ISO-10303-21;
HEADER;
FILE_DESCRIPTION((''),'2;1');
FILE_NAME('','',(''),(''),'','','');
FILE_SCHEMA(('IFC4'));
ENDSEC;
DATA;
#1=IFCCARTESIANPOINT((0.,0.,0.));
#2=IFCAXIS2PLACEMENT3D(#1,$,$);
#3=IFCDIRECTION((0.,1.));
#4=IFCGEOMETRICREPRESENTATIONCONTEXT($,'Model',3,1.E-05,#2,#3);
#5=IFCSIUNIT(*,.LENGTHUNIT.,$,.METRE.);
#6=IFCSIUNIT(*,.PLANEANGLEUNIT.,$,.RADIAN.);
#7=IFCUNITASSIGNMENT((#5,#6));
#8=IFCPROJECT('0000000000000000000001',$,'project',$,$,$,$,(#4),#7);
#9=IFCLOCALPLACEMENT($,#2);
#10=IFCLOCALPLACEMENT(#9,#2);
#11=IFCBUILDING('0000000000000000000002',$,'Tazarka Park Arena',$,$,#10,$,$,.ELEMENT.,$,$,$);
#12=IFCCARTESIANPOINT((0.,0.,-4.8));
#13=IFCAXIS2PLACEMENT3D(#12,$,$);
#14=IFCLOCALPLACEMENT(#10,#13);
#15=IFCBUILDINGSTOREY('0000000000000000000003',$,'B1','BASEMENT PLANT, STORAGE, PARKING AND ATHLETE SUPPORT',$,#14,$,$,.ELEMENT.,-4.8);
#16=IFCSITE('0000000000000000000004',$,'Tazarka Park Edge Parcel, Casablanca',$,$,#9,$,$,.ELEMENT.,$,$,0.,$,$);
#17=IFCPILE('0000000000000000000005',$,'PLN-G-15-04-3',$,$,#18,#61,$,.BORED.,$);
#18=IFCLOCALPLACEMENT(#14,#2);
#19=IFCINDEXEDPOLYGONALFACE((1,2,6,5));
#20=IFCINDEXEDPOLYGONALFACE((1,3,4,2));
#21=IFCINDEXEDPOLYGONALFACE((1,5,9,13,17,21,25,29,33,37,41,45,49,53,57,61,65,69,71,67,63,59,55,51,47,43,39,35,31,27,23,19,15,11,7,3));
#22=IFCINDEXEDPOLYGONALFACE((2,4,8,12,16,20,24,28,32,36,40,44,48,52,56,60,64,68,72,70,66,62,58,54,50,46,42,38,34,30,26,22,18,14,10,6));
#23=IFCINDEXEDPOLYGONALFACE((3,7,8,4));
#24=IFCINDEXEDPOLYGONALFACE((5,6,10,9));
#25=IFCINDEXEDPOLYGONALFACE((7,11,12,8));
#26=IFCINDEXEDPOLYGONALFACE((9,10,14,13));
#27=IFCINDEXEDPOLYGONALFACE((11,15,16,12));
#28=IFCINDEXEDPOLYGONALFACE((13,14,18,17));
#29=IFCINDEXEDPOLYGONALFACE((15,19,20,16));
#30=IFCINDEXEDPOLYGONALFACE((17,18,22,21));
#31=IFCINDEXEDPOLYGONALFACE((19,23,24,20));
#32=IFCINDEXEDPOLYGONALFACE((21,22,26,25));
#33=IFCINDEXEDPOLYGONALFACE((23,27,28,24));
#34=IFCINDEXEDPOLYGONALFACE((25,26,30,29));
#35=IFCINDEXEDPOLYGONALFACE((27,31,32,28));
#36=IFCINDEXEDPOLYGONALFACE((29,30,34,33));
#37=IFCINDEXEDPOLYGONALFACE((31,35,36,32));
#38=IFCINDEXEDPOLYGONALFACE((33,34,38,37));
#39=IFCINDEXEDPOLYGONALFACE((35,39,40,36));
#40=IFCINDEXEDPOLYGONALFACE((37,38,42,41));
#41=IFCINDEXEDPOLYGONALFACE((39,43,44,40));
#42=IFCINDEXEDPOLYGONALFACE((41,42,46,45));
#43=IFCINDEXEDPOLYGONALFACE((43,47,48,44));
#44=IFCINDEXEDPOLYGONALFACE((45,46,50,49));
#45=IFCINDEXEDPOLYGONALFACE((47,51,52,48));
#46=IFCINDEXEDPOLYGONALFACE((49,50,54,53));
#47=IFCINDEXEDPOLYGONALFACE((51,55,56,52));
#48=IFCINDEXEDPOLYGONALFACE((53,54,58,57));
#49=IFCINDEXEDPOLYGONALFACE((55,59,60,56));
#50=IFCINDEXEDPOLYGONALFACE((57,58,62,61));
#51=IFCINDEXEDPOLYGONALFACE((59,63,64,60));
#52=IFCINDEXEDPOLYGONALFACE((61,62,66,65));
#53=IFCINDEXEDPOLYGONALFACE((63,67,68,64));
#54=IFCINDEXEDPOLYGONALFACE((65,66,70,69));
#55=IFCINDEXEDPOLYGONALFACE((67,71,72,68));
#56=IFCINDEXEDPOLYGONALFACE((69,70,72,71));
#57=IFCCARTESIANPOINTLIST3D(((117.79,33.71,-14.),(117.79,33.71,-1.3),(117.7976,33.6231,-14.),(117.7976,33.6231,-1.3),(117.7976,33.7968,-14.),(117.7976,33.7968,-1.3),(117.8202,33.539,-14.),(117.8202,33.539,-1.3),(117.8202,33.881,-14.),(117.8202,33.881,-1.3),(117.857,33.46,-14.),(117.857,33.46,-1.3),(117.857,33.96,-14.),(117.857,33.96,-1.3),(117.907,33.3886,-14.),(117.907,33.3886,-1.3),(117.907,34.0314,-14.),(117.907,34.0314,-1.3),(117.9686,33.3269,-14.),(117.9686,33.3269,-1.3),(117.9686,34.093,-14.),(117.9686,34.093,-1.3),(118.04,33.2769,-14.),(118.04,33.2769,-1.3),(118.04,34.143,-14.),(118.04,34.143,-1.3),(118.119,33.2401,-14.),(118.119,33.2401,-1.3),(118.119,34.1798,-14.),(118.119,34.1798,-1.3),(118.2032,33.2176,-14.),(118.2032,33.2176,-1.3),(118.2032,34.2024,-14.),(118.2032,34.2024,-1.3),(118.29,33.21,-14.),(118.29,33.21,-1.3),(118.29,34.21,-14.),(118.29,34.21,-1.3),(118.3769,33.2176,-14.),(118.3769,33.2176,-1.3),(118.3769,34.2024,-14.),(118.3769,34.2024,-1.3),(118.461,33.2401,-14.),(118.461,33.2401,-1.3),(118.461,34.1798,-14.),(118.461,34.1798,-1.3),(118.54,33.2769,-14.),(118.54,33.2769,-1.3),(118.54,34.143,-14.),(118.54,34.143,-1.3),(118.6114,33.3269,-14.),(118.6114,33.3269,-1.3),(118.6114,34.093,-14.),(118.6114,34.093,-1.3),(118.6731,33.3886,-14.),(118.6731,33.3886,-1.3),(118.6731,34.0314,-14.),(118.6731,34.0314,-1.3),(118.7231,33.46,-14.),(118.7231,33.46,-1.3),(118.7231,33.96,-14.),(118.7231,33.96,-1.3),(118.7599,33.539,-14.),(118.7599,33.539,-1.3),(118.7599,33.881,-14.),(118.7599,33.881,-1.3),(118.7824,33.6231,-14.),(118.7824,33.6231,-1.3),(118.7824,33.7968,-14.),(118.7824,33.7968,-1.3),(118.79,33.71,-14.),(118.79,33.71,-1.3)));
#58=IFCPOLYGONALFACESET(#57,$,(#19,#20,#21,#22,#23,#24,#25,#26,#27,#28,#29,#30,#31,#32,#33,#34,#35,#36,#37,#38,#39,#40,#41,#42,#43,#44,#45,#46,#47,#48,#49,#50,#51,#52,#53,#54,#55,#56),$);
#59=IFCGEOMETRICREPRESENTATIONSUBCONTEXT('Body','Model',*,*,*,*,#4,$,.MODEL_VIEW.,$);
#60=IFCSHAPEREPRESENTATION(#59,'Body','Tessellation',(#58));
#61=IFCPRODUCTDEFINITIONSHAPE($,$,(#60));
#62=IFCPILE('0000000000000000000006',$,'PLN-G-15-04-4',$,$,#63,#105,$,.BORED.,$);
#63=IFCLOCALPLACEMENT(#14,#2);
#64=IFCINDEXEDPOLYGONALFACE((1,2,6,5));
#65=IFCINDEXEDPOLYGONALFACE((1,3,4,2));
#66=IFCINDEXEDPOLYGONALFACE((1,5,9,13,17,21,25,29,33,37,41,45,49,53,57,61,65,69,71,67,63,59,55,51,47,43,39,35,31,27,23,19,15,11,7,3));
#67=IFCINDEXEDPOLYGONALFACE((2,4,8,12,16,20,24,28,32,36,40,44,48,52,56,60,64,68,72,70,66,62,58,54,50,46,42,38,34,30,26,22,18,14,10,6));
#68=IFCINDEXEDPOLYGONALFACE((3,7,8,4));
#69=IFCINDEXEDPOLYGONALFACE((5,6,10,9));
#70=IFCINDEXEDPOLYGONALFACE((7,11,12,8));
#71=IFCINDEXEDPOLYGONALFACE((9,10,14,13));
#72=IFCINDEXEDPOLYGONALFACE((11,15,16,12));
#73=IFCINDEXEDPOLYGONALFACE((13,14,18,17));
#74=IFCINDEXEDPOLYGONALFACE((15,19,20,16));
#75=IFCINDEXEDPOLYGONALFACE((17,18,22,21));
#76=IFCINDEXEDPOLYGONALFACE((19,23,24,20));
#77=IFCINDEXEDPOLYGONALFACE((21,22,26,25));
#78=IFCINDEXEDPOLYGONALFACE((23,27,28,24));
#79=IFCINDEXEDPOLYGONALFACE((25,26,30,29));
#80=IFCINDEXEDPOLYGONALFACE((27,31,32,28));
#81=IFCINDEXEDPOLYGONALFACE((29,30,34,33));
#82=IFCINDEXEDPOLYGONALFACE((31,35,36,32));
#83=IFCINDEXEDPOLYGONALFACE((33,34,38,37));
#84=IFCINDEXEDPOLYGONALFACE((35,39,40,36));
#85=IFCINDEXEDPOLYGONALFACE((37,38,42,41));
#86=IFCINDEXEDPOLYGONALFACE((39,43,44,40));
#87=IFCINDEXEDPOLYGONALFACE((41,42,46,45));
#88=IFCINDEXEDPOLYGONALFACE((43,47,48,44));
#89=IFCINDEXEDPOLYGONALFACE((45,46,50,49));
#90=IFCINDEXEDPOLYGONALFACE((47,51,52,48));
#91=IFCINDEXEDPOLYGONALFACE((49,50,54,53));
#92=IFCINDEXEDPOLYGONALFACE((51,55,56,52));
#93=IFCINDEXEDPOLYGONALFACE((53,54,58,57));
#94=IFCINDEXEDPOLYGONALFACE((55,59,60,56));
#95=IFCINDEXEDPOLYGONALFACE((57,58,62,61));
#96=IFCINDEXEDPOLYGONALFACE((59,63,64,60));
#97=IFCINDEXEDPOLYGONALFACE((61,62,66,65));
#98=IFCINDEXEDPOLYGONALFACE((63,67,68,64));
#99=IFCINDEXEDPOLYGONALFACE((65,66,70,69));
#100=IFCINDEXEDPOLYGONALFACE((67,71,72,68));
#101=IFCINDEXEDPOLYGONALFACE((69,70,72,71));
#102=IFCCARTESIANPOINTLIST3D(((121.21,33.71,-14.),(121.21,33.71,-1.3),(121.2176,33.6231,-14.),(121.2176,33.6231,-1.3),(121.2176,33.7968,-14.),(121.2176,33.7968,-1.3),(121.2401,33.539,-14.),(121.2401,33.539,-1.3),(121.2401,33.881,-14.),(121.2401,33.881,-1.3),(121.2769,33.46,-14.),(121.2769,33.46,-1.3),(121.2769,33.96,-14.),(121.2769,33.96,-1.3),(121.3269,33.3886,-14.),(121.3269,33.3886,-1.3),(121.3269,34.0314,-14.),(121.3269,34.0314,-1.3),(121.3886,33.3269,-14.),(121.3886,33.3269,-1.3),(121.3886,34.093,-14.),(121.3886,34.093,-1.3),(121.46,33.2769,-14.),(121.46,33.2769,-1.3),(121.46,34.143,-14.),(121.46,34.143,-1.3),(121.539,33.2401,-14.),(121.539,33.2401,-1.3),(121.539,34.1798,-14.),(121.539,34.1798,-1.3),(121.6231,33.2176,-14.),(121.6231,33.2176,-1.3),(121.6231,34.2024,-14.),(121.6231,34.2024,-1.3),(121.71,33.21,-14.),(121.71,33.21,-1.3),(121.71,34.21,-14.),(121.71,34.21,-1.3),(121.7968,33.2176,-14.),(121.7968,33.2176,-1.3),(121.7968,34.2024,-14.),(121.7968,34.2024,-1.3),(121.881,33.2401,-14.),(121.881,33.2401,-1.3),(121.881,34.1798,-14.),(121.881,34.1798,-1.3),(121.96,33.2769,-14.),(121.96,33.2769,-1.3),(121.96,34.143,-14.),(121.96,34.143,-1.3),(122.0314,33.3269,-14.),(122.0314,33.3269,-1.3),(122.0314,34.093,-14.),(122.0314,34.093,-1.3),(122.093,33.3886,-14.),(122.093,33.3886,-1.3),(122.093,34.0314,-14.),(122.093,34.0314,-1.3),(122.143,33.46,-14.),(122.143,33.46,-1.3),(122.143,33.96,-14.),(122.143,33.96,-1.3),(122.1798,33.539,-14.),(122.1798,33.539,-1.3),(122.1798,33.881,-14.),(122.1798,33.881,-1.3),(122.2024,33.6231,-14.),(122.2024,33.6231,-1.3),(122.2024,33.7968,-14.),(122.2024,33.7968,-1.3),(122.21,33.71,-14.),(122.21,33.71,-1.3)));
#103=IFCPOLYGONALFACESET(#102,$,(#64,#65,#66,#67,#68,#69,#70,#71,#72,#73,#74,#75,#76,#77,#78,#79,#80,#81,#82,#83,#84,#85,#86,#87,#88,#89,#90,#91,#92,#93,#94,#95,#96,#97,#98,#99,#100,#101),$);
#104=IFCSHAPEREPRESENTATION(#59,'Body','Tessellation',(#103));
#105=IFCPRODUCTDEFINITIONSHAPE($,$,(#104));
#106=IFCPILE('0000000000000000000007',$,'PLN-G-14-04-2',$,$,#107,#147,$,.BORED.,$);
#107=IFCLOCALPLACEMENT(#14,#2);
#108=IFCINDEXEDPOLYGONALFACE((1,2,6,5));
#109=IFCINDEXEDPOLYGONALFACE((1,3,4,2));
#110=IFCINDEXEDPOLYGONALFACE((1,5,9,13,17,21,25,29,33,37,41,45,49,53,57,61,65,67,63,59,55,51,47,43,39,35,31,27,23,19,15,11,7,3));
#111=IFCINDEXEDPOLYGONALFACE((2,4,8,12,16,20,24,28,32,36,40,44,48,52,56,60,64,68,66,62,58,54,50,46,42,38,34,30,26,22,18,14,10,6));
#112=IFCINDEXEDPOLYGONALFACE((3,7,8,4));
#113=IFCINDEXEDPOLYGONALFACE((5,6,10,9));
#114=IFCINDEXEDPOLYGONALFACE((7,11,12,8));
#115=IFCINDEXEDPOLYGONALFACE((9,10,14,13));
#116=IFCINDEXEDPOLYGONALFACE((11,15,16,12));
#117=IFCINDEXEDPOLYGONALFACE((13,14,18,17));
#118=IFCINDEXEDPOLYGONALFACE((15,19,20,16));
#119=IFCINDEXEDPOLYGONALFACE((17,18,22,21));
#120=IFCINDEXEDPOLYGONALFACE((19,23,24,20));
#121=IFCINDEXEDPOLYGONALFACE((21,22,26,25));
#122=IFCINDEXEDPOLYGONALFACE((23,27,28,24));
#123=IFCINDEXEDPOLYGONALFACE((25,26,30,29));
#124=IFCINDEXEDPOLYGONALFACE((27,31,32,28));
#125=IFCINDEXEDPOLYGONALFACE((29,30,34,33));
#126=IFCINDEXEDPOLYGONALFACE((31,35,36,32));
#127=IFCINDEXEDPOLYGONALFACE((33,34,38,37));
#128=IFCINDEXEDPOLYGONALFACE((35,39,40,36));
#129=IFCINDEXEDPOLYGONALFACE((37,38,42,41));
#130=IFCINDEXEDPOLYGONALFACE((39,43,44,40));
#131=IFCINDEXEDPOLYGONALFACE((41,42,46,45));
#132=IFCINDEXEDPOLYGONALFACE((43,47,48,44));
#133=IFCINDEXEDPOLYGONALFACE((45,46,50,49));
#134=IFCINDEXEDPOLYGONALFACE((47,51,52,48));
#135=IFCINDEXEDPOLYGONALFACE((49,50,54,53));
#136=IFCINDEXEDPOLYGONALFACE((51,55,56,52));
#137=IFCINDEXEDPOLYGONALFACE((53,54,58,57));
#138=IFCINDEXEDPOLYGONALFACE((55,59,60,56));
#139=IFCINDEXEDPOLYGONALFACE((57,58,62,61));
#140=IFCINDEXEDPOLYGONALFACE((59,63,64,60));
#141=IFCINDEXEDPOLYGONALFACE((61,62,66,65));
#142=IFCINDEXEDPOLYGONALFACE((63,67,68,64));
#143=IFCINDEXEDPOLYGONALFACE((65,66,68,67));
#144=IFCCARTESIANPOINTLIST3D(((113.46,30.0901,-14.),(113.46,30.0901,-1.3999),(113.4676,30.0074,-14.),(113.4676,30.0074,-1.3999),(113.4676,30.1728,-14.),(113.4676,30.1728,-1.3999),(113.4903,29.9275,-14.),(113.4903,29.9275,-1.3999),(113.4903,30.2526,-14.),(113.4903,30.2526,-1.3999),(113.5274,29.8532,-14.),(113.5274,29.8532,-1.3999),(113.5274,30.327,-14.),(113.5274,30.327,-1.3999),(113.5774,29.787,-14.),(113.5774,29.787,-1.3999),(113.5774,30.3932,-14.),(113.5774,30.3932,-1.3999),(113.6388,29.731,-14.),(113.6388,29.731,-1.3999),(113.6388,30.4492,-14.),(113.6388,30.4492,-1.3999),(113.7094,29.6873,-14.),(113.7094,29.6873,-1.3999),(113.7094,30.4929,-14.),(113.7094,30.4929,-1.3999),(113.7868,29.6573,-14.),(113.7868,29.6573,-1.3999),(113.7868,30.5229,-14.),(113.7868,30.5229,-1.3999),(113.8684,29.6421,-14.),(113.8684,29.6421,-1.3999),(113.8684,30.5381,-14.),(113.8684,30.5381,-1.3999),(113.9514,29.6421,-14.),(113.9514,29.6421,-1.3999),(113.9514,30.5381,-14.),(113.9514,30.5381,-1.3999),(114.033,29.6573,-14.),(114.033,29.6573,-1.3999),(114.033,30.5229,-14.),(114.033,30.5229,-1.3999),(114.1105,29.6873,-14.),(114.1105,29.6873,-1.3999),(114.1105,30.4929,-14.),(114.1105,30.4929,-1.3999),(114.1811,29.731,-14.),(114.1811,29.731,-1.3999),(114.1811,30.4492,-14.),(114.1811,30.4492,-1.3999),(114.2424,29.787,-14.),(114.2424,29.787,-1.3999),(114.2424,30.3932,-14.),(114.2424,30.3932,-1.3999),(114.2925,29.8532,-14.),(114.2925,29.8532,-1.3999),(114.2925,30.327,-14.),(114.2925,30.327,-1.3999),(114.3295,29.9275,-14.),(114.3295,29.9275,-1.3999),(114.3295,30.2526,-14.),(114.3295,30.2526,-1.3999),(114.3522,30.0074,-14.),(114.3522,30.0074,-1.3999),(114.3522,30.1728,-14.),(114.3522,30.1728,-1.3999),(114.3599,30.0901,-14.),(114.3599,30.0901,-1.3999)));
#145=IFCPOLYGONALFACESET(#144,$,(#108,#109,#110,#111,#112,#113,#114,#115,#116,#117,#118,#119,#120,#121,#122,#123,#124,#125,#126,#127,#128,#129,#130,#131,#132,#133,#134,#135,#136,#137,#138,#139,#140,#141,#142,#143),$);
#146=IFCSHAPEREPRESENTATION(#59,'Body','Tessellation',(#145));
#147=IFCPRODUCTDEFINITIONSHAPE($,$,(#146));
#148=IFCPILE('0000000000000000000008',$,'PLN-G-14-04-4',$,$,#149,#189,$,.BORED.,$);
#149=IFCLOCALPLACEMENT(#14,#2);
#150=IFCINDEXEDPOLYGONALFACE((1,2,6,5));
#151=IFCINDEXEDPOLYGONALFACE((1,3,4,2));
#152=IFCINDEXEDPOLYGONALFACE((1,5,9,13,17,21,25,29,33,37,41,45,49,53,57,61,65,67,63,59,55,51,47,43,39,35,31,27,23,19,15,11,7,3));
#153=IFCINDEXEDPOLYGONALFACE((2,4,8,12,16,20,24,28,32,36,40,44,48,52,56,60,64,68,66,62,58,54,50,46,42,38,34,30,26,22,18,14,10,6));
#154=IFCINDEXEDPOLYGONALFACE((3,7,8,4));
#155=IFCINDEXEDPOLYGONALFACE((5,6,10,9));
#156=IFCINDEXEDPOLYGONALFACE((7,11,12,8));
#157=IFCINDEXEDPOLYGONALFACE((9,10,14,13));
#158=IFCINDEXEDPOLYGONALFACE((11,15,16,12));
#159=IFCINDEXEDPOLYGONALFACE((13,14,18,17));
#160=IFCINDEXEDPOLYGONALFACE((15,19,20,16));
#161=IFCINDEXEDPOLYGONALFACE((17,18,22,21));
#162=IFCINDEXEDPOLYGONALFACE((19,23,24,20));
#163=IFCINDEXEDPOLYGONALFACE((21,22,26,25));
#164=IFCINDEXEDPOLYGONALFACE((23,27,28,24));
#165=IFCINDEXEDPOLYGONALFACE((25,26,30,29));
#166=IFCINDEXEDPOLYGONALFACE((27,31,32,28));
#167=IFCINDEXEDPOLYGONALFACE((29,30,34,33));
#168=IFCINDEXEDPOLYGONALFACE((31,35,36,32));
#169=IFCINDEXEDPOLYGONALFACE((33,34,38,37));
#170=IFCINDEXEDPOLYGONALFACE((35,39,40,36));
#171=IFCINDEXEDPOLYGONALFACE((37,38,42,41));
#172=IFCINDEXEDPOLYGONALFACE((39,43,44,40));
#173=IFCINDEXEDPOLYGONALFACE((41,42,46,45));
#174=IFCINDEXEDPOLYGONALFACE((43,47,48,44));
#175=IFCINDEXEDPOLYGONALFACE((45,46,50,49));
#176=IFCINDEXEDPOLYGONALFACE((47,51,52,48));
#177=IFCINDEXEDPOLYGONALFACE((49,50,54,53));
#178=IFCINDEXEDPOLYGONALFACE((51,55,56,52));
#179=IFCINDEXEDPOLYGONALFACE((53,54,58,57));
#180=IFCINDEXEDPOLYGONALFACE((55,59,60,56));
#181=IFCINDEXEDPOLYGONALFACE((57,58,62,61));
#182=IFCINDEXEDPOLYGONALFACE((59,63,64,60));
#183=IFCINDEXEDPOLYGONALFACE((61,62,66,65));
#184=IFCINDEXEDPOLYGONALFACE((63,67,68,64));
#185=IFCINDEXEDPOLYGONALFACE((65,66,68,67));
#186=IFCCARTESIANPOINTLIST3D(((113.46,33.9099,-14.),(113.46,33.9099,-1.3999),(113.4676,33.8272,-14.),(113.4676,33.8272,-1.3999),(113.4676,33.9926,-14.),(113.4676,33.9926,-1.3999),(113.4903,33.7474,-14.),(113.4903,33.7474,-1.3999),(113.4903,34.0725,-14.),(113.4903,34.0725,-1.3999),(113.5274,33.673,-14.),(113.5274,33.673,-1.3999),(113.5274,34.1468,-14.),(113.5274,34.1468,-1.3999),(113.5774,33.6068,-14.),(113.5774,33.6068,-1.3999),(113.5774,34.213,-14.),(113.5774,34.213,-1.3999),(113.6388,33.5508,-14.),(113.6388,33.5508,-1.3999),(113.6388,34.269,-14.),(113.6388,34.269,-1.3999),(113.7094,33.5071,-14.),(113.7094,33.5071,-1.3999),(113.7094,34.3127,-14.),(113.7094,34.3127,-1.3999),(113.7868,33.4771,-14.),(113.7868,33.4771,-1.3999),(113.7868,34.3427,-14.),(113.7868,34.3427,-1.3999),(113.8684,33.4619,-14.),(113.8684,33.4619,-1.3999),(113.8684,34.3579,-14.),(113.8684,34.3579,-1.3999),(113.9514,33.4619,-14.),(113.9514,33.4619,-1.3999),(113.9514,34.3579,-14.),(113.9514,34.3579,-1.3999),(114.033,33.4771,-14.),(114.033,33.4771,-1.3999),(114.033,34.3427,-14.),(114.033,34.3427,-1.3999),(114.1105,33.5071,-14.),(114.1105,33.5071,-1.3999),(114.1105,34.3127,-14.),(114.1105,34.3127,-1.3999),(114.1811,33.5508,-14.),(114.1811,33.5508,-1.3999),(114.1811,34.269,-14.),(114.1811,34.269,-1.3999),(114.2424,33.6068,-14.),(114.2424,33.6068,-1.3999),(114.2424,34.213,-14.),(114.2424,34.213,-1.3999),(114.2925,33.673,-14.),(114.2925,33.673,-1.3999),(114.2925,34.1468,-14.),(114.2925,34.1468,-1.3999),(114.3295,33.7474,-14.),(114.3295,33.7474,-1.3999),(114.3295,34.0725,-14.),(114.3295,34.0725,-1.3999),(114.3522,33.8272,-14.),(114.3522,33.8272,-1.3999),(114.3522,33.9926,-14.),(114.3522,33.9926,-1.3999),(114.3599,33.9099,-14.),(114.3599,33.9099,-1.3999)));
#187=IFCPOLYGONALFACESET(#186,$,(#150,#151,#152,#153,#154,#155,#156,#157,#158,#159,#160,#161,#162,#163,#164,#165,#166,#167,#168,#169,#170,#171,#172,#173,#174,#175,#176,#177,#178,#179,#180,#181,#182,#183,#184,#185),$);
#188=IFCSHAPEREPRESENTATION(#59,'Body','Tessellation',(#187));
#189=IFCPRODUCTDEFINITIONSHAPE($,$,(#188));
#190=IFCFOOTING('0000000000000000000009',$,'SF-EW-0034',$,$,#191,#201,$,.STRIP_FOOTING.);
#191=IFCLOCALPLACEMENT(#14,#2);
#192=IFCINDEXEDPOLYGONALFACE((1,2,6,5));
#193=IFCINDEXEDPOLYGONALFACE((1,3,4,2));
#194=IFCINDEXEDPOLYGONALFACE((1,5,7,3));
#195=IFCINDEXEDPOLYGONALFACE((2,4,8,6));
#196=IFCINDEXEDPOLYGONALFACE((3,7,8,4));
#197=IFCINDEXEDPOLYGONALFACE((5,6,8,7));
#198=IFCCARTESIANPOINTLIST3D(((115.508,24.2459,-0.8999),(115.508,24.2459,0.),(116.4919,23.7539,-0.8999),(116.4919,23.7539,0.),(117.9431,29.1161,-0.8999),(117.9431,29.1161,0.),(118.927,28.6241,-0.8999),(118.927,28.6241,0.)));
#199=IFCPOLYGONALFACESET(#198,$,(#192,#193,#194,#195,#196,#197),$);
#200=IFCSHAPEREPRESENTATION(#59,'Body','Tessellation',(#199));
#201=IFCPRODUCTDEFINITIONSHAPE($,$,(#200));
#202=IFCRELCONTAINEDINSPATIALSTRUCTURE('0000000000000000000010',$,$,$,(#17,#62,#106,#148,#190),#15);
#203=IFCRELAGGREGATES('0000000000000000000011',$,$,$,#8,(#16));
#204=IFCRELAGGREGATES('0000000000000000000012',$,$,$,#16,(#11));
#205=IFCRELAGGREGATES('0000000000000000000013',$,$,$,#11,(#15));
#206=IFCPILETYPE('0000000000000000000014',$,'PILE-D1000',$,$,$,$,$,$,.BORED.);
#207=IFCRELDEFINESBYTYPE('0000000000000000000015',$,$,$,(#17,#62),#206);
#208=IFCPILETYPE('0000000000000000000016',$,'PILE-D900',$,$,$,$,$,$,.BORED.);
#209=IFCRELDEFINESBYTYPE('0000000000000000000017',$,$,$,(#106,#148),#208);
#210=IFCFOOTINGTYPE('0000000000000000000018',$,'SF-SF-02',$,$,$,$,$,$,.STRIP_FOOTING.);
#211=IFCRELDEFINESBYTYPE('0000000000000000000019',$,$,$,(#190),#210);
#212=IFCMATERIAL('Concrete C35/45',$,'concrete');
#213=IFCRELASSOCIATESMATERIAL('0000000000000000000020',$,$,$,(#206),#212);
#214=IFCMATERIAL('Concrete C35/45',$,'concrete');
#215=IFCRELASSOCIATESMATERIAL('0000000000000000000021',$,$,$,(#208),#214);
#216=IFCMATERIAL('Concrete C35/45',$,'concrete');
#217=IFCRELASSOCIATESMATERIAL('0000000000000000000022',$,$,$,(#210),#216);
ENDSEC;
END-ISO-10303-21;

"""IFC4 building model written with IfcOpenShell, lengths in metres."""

from ifc_helpers import new_model, si_unit, direction, frame, origin, origin_2d, place, context, subcontext, project, spatial, rectangle, circle, extrude, material, material_profile, profile_set, type_object, element, save


model = new_model("IFC4")

# Units and contexts
model_context = context("Model", 3, precision=1e-05, world=origin(), true_north=direction((0.0, 1.0)))
body_context = subcontext(model_context, "Body", "Model", "MODEL_VIEW")
ifc_project = project(units=[si_unit("LENGTHUNIT", "METRE"), si_unit("PLANEANGLEUNIT", "RADIAN")], contexts=[model_context])

# Site, building, storey
site_placement = place(None, origin())
site = spatial("IfcSite", under=ifc_project, at=site_placement, Name="Tazarka Park Edge Parcel, Casablanca", CompositionType="ELEMENT", RefElevation=0.0)
building_placement = place(site_placement, origin())
building = spatial("IfcBuilding", under=site, at=building_placement, Name="Tazarka Park Arena", CompositionType="ELEMENT")
storey_placement = place(building_placement, frame((0.0, 0.0, -4.8)))
storey = spatial("IfcBuildingStorey", under=building, at=storey_placement, Name="B1", Description="BASEMENT PLANT, STORAGE, PARKING AND ATHLETE SUPPORT", CompositionType="ELEMENT", Elevation=-4.8)

# Piles
ifc_material_1 = material(Name="Concrete C35/45", Category="concrete")
ifc_material_profile_1 = material_profile(ifc_material_1, circle(Radius=0.5, at=origin_2d()), Name="Concrete C35/45")
ifc_profile_set_1 = profile_set([ifc_material_profile_1], Name="Concrete C35/45")
pile_type_1 = type_object("IfcPileType", Name="PILE-D1000", PredefinedType="BORED", material=ifc_profile_set_1)
for number, where, z_axis, x_axis, name in (
    (1, (118.29, 33.71, -1.3), (0.0, 0.0, -1.0), (1.0, 0.0, 0.0), "PLN-G-15-04-3"),
    (2, (121.71, 33.71, -1.3), (0.0, 0.0, -1.0), (1.0, 0.0, 0.0), "PLN-G-15-04-4"),
):
    element("IfcPile", number, at=place(storey_placement, frame(where, z_axis=z_axis, x_axis=x_axis)), inside=storey, type_object=pile_type_1, Name=name, PredefinedType="BORED", context=body_context, shape_type="SweptSolid", body=[
        extrude(circle(Radius=0.5, at=origin_2d()), origin(), (0.0, 0.0, 1.0), 12.7),
    ])
ifc_material_2 = material(Name="Concrete C35/45", Category="concrete")
ifc_material_profile_2 = material_profile(ifc_material_2, circle(Radius=0.45, at=origin_2d()), Name="Concrete C35/45")
ifc_profile_set_2 = profile_set([ifc_material_profile_2], Name="Concrete C35/45")
pile_type_2 = type_object("IfcPileType", Name="PILE-D900", PredefinedType="BORED", material=ifc_profile_set_2)
for number, where, z_axis, x_axis, name in (
    (3, (113.9099, 30.0901, -1.3999), (0.0, 0.0, -1.0), (1.0, 0.0, 0.0), "PLN-G-14-04-2"),
    (4, (113.9099, 33.9099, -1.3999), (0.0, 0.0, -1.0), (1.0, 0.0, 0.0), "PLN-G-14-04-4"),
):
    element("IfcPile", number, at=place(storey_placement, frame(where, z_axis=z_axis, x_axis=x_axis)), inside=storey, type_object=pile_type_2, Name=name, PredefinedType="BORED", context=body_context, shape_type="SweptSolid", body=[
        extrude(circle(Radius=0.45, at=origin_2d()), origin(), (0.0, 0.0, 1.0), 12.6001),
    ])

# Footing
ifc_material_3 = material(Name="Concrete C35/45", Category="concrete")
ifc_material_profile_3 = material_profile(ifc_material_3, rectangle(XDim=1.1001, YDim=0.8999, at=origin_2d()), Name="Concrete C35/45")
ifc_profile_set_3 = profile_set([ifc_material_profile_3], Name="Concrete C35/45")
footing_type_1 = type_object("IfcFootingType", Name="SF-SF-02", PredefinedType="STRIP_FOOTING", material=ifc_profile_set_3)
footing_1_placement = place(storey_placement, frame((118.4351, 28.8701, -0.45), z_axis=(-0.447214, -0.894427, 0.0), x_axis=(0.894427, -0.447214, 0.0)))
element("IfcFooting", 5, at=footing_1_placement, inside=storey, type_object=footing_type_1, Name="SF-EW-0034", PredefinedType="STRIP_FOOTING", context=body_context, shape_type="SweptSolid", body=[
    extrude(rectangle(XDim=1.1001, YDim=0.8999, at=origin_2d()), origin(), (0.0, 0.0, 1.0), 5.4451),
])

save(model, "model.ifc")
